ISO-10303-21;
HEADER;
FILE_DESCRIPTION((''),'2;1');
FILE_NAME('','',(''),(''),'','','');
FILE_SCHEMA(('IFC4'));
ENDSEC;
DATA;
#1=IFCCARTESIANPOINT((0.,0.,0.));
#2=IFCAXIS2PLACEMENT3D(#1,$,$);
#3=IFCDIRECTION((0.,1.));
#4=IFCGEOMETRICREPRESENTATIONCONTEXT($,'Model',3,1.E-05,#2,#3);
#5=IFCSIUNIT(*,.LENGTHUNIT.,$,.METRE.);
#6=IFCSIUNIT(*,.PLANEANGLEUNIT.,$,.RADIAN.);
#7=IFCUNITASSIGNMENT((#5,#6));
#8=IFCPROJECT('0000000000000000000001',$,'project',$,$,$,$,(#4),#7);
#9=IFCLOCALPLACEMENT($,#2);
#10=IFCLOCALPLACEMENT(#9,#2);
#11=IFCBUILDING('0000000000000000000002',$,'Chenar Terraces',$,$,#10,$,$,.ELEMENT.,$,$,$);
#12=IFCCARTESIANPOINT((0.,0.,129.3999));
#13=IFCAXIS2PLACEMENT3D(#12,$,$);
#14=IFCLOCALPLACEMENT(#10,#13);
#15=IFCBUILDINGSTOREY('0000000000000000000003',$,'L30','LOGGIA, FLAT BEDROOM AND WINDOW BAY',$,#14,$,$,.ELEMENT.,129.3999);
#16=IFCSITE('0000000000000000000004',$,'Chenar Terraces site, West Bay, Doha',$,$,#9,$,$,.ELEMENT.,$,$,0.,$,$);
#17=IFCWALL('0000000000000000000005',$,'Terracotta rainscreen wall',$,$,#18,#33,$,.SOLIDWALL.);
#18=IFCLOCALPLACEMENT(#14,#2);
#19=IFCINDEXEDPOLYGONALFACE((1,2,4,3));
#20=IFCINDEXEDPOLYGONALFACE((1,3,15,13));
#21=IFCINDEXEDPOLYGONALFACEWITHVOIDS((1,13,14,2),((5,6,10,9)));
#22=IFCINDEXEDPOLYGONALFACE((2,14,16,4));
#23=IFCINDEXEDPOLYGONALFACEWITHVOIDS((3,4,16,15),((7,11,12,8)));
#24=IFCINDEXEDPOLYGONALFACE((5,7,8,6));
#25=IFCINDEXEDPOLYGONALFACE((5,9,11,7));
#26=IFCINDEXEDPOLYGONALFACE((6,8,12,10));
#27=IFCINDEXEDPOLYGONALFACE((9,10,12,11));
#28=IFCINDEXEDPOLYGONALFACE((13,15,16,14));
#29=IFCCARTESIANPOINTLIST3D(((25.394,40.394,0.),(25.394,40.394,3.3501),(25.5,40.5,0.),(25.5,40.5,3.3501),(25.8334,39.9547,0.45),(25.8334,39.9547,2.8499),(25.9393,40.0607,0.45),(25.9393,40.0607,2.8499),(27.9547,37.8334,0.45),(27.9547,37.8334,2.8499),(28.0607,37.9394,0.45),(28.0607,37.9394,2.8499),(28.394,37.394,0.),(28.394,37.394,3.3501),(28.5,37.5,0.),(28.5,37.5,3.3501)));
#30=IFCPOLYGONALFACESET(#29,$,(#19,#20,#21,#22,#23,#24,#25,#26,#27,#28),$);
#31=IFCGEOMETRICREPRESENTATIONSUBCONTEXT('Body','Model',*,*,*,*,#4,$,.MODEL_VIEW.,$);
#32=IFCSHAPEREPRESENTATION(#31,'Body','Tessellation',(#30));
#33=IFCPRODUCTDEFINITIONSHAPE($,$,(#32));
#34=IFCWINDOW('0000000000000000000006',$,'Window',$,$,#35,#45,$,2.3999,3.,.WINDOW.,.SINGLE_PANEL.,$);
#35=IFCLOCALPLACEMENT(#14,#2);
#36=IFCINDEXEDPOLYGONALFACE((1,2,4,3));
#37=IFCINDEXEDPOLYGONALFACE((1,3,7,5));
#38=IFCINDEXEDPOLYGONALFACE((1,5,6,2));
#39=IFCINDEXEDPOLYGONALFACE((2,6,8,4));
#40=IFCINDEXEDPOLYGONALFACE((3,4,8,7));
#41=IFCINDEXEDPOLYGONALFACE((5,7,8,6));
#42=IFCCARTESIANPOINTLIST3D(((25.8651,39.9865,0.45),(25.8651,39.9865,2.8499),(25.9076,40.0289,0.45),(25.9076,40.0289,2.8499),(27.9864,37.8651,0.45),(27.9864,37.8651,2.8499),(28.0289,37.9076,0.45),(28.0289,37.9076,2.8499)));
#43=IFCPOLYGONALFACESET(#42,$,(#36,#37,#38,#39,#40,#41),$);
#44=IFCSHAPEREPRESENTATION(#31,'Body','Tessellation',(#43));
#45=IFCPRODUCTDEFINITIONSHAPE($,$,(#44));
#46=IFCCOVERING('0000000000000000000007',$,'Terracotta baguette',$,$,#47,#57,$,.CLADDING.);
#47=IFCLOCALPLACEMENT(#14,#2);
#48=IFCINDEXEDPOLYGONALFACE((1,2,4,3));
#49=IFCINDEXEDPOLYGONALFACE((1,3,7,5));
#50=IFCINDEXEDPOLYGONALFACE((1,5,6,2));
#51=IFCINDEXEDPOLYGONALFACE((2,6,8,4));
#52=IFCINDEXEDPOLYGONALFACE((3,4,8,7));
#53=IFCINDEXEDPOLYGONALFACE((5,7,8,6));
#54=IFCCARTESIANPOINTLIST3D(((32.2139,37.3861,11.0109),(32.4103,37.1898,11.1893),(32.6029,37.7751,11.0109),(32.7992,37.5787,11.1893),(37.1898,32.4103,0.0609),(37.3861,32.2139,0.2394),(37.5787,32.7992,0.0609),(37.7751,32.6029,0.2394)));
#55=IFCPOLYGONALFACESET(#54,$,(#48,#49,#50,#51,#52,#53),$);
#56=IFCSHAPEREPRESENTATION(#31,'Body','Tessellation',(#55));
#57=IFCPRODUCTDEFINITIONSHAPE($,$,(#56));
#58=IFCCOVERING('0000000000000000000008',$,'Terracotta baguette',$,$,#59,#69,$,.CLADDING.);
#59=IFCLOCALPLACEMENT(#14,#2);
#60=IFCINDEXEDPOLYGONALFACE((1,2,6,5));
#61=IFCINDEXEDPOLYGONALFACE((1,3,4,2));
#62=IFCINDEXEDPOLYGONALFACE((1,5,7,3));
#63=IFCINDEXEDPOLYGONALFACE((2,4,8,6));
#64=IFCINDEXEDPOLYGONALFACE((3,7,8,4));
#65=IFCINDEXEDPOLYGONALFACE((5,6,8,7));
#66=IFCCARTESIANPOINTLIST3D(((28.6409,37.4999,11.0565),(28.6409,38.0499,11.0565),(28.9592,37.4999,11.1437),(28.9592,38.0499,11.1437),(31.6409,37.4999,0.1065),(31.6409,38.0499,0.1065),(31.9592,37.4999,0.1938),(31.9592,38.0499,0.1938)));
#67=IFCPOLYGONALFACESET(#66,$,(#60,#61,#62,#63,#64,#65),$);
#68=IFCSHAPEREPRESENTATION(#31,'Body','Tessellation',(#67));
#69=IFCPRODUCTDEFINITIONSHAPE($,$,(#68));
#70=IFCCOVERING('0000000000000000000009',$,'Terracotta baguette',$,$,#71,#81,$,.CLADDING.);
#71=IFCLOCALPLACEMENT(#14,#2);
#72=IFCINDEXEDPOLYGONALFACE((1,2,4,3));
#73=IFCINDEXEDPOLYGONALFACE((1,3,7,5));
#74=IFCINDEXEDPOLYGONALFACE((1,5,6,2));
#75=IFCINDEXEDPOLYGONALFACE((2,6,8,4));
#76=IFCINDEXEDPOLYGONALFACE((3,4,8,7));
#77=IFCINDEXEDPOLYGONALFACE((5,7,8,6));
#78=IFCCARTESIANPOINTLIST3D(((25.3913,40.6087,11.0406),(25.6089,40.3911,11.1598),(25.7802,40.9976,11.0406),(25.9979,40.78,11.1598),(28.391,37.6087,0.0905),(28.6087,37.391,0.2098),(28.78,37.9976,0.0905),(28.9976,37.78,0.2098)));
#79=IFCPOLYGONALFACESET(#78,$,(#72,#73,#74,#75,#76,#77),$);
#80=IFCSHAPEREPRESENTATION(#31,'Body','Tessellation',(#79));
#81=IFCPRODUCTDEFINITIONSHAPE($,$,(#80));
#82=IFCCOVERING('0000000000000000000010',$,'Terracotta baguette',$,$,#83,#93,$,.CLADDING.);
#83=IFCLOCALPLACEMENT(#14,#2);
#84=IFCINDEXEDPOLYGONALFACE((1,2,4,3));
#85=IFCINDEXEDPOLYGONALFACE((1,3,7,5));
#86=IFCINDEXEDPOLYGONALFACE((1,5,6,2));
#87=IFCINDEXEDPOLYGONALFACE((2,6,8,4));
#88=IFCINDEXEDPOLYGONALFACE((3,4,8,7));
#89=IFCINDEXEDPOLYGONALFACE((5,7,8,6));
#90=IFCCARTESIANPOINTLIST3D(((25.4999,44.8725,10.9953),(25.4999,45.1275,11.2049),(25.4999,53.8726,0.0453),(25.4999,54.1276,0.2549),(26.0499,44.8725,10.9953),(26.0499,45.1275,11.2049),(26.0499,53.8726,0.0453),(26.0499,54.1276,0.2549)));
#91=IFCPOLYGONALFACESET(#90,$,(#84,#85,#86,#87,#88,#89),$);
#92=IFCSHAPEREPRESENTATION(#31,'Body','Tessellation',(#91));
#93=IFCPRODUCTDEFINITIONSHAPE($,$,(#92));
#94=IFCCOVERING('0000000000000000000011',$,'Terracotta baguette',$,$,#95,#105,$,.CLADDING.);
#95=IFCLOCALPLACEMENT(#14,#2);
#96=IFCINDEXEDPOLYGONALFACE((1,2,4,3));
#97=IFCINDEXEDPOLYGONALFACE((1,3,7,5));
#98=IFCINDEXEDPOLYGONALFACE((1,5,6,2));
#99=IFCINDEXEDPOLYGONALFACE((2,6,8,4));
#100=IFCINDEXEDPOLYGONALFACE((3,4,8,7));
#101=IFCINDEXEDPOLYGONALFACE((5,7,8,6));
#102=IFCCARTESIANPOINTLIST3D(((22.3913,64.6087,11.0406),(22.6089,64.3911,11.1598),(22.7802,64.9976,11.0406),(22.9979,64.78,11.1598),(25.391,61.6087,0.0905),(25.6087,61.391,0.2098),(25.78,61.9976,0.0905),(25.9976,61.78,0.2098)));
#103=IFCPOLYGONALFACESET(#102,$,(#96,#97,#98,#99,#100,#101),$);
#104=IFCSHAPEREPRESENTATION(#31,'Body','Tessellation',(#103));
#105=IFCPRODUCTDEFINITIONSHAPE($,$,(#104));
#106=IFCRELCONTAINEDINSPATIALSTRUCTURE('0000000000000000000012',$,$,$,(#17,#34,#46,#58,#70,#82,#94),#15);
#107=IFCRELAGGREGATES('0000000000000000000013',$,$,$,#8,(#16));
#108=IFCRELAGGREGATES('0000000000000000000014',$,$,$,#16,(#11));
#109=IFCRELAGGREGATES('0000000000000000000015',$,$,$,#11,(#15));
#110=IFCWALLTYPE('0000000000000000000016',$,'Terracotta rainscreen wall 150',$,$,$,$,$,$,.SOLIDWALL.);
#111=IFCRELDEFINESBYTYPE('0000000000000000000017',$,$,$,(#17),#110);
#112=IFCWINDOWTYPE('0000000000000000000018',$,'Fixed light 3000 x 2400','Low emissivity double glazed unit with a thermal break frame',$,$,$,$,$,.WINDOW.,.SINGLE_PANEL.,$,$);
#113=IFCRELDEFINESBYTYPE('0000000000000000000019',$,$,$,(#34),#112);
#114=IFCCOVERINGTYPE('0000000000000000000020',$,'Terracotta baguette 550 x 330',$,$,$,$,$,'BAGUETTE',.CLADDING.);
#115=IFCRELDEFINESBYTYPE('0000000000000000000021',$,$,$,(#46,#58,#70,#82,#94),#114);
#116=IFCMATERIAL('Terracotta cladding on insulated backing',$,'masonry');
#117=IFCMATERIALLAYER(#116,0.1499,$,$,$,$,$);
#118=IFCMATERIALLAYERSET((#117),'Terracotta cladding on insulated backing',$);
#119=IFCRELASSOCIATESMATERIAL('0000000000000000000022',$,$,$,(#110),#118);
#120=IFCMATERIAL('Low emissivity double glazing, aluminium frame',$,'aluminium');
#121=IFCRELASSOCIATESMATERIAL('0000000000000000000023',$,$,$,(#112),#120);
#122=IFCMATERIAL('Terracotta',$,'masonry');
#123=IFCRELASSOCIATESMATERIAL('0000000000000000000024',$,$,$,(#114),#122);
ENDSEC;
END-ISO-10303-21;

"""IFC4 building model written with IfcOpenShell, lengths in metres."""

from ifc_helpers import new_model, si_unit, direction, frame, frame_2d, origin, origin_2d, place, context, subcontext, project, spatial, rectangle, extrude, material, layer, layer_set, material_profile, profile_set, type_object, element, fill, save


model = new_model("IFC4")

# Units and contexts
model_context = context("Model", 3, precision=1e-05, world=origin(), true_north=direction((0.0, 1.0)))
body_context = subcontext(model_context, "Body", "Model", "MODEL_VIEW")
ifc_project = project(units=[si_unit("LENGTHUNIT", "METRE"), si_unit("PLANEANGLEUNIT", "RADIAN")], contexts=[model_context])

# Site, building, storey
site_placement = place(None, origin())
site = spatial("IfcSite", under=ifc_project, at=site_placement, Name="Chenar Terraces site, West Bay, Doha", CompositionType="ELEMENT", RefElevation=0.0)
building_placement = place(site_placement, origin())
building = spatial("IfcBuilding", under=site, at=building_placement, Name="Chenar Terraces", CompositionType="ELEMENT")
storey_placement = place(building_placement, frame((0.0, 0.0, 129.3999)))
storey = spatial("IfcBuildingStorey", under=building, at=storey_placement, Name="L30", Description="LOGGIA, FLAT BEDROOM AND WINDOW BAY", CompositionType="ELEMENT", Elevation=129.3999)

# Wall, opening, window
ifc_material_1 = material(Name="Terracotta cladding on insulated backing", Category="masonry")
ifc_layer_1 = layer(ifc_material_1, 0.1499)
ifc_layer_set_1 = layer_set([ifc_layer_1], Name="Terracotta cladding on insulated backing")
wall_type_1 = type_object("IfcWallType", Name="Terracotta rainscreen wall 150", PredefinedType="SOLIDWALL", material=ifc_layer_set_1)
wall_placement = place(storey_placement, frame((28.447, 37.447, 0.0), z_axis=(0.0, 0.0, 1.0), x_axis=(-0.707107, 0.707107, 0.0)))
wall = element("IfcWall", 1, at=wall_placement, inside=storey, type_object=wall_type_1, Name="Terracotta rainscreen wall", PredefinedType="SOLIDWALL", context=body_context, shape_type="SweptSolid", body=[
    extrude(rectangle(XDim=4.2427, YDim=0.1499, at=frame_2d((2.1213, 0.0))), origin(), (0.0, 0.0, 1.0), 3.3501),
])
opening_placement = place(wall_placement, frame((0.6213, 0.0, 0.45)))
opening = element("IfcOpeningElement", 2, at=opening_placement, cuts=wall, PredefinedType="OPENING", context=body_context, shape_type="SweptSolid", body=[
    extrude(rectangle(XDim=3.0, YDim=2.3999, at=frame_2d((1.5, 1.2))), frame((0.0, 0.085, 0.0), z_axis=(0.0, -1.0, 0.0), x_axis=(1.0, 0.0, 0.0)), (0.0, 0.0, 1.0), 0.1699),
])
ifc_material_2 = material(Name="Low emissivity double glazing, aluminium frame", Category="aluminium")
window_type = type_object("IfcWindowType", Name="Fixed light 3000 x 2400", Description="Low emissivity double glazed unit with a thermal break frame", PartitioningType="SINGLE_PANEL", PredefinedType="WINDOW", material=ifc_material_2)
window_placement = place(opening_placement, origin())
window = element("IfcWindow", 3, at=window_placement, inside=storey, type_object=window_type, Name="Window", OverallHeight=2.3999, OverallWidth=3.0, PartitioningType="SINGLE_PANEL", PredefinedType="WINDOW", context=body_context, shape_type="SweptSolid", body=[
    extrude(rectangle(XDim=3.0, YDim=2.3999, at=frame_2d((1.5, 1.2))), frame((0.0, 0.03, 0.0), z_axis=(0.0, -1.0, 0.0), x_axis=(1.0, 0.0, 0.0)), (0.0, 0.0, 1.0), 0.0601),
])
fill(opening, window)

# Coverings
ifc_material_3 = material(Name="Terracotta", Category="masonry")
ifc_material_profile_1 = material_profile(ifc_material_3, rectangle(XDim=0.55, YDim=0.3301, at=origin_2d()), Name="Terracotta baguette 550 x 330")
ifc_profile_set_1 = profile_set([ifc_material_profile_1], Name="Terracotta")
covering_type = type_object("IfcCoveringType", Name="Terracotta baguette 550 x 330", ElementType="BAGUETTE", PredefinedType="CLADDING", material=ifc_profile_set_1)
covering_1_placement = place(storey_placement, frame((37.4824, 32.5066, 0.1501), z_axis=(-0.382282, 0.382282, 0.841261), x_axis=(-0.707107, -0.707107, 0.0)))
element("IfcCovering", 4, at=covering_1_placement, inside=storey, type_object=covering_type, Name="Terracotta baguette", PredefinedType="CLADDING", context=body_context, shape_type="SweptSolid", body=[
    extrude(rectangle(XDim=0.55, YDim=0.3301, at=origin_2d()), origin(), (0.0, 0.0, 1.0), 13.0161),
])
covering_2_placement = place(storey_placement, frame((31.8, 37.7749, 0.1501), z_axis=(-0.264236, 0.0, 0.964458), x_axis=(0.0, -1.0, 0.0)))
element("IfcCovering", 5, at=covering_2_placement, inside=storey, type_object=covering_type, Name="Terracotta baguette", PredefinedType="CLADDING", context=body_context, shape_type="SweptSolid", body=[
    extrude(rectangle(XDim=0.55, YDim=0.3301, at=origin_2d()), origin(), (0.0, 0.0, 1.0), 11.3535),
])
covering_3_placement = place(storey_placement, frame((28.6943, 37.6943, 0.1501), z_axis=(-0.255449, 0.25547, 0.93246), x_axis=(-0.707136, -0.707078, 0.0)))
element("IfcCovering", 6, at=covering_3_placement, inside=storey, type_object=covering_type, Name="Terracotta baguette", PredefinedType="CLADDING", context=body_context, shape_type="SweptSolid", body=[
    extrude(rectangle(XDim=0.55, YDim=0.3301, at=origin_2d()), origin(), (0.0, 0.0, 1.0), 11.7432),
])
covering_4_placement = place(storey_placement, frame((25.7749, 45.0, 11.1001), z_axis=(0.0, 0.634967, -0.772539), x_axis=(-1.0, 0.0, 0.0)))
element("IfcCovering", 7, at=covering_4_placement, inside=storey, type_object=covering_type, Name="Terracotta baguette", PredefinedType="CLADDING", context=body_context, shape_type="SweptSolid", body=[
    extrude(rectangle(XDim=0.55, YDim=0.3301, at=origin_2d()), origin(), (0.0, 0.0, 1.0), 14.1741),
])
covering_5_placement = place(storey_placement, frame((25.6943, 61.6943, 0.1501), z_axis=(-0.255449, 0.25547, 0.93246), x_axis=(-0.707136, -0.707078, 0.0)))
element("IfcCovering", 8, at=covering_5_placement, inside=storey, type_object=covering_type, Name="Terracotta baguette", PredefinedType="CLADDING", context=body_context, shape_type="SweptSolid", body=[
    extrude(rectangle(XDim=0.55, YDim=0.3301, at=origin_2d()), origin(), (0.0, 0.0, 1.0), 11.7432),
])

save(model, "model.ifc")
